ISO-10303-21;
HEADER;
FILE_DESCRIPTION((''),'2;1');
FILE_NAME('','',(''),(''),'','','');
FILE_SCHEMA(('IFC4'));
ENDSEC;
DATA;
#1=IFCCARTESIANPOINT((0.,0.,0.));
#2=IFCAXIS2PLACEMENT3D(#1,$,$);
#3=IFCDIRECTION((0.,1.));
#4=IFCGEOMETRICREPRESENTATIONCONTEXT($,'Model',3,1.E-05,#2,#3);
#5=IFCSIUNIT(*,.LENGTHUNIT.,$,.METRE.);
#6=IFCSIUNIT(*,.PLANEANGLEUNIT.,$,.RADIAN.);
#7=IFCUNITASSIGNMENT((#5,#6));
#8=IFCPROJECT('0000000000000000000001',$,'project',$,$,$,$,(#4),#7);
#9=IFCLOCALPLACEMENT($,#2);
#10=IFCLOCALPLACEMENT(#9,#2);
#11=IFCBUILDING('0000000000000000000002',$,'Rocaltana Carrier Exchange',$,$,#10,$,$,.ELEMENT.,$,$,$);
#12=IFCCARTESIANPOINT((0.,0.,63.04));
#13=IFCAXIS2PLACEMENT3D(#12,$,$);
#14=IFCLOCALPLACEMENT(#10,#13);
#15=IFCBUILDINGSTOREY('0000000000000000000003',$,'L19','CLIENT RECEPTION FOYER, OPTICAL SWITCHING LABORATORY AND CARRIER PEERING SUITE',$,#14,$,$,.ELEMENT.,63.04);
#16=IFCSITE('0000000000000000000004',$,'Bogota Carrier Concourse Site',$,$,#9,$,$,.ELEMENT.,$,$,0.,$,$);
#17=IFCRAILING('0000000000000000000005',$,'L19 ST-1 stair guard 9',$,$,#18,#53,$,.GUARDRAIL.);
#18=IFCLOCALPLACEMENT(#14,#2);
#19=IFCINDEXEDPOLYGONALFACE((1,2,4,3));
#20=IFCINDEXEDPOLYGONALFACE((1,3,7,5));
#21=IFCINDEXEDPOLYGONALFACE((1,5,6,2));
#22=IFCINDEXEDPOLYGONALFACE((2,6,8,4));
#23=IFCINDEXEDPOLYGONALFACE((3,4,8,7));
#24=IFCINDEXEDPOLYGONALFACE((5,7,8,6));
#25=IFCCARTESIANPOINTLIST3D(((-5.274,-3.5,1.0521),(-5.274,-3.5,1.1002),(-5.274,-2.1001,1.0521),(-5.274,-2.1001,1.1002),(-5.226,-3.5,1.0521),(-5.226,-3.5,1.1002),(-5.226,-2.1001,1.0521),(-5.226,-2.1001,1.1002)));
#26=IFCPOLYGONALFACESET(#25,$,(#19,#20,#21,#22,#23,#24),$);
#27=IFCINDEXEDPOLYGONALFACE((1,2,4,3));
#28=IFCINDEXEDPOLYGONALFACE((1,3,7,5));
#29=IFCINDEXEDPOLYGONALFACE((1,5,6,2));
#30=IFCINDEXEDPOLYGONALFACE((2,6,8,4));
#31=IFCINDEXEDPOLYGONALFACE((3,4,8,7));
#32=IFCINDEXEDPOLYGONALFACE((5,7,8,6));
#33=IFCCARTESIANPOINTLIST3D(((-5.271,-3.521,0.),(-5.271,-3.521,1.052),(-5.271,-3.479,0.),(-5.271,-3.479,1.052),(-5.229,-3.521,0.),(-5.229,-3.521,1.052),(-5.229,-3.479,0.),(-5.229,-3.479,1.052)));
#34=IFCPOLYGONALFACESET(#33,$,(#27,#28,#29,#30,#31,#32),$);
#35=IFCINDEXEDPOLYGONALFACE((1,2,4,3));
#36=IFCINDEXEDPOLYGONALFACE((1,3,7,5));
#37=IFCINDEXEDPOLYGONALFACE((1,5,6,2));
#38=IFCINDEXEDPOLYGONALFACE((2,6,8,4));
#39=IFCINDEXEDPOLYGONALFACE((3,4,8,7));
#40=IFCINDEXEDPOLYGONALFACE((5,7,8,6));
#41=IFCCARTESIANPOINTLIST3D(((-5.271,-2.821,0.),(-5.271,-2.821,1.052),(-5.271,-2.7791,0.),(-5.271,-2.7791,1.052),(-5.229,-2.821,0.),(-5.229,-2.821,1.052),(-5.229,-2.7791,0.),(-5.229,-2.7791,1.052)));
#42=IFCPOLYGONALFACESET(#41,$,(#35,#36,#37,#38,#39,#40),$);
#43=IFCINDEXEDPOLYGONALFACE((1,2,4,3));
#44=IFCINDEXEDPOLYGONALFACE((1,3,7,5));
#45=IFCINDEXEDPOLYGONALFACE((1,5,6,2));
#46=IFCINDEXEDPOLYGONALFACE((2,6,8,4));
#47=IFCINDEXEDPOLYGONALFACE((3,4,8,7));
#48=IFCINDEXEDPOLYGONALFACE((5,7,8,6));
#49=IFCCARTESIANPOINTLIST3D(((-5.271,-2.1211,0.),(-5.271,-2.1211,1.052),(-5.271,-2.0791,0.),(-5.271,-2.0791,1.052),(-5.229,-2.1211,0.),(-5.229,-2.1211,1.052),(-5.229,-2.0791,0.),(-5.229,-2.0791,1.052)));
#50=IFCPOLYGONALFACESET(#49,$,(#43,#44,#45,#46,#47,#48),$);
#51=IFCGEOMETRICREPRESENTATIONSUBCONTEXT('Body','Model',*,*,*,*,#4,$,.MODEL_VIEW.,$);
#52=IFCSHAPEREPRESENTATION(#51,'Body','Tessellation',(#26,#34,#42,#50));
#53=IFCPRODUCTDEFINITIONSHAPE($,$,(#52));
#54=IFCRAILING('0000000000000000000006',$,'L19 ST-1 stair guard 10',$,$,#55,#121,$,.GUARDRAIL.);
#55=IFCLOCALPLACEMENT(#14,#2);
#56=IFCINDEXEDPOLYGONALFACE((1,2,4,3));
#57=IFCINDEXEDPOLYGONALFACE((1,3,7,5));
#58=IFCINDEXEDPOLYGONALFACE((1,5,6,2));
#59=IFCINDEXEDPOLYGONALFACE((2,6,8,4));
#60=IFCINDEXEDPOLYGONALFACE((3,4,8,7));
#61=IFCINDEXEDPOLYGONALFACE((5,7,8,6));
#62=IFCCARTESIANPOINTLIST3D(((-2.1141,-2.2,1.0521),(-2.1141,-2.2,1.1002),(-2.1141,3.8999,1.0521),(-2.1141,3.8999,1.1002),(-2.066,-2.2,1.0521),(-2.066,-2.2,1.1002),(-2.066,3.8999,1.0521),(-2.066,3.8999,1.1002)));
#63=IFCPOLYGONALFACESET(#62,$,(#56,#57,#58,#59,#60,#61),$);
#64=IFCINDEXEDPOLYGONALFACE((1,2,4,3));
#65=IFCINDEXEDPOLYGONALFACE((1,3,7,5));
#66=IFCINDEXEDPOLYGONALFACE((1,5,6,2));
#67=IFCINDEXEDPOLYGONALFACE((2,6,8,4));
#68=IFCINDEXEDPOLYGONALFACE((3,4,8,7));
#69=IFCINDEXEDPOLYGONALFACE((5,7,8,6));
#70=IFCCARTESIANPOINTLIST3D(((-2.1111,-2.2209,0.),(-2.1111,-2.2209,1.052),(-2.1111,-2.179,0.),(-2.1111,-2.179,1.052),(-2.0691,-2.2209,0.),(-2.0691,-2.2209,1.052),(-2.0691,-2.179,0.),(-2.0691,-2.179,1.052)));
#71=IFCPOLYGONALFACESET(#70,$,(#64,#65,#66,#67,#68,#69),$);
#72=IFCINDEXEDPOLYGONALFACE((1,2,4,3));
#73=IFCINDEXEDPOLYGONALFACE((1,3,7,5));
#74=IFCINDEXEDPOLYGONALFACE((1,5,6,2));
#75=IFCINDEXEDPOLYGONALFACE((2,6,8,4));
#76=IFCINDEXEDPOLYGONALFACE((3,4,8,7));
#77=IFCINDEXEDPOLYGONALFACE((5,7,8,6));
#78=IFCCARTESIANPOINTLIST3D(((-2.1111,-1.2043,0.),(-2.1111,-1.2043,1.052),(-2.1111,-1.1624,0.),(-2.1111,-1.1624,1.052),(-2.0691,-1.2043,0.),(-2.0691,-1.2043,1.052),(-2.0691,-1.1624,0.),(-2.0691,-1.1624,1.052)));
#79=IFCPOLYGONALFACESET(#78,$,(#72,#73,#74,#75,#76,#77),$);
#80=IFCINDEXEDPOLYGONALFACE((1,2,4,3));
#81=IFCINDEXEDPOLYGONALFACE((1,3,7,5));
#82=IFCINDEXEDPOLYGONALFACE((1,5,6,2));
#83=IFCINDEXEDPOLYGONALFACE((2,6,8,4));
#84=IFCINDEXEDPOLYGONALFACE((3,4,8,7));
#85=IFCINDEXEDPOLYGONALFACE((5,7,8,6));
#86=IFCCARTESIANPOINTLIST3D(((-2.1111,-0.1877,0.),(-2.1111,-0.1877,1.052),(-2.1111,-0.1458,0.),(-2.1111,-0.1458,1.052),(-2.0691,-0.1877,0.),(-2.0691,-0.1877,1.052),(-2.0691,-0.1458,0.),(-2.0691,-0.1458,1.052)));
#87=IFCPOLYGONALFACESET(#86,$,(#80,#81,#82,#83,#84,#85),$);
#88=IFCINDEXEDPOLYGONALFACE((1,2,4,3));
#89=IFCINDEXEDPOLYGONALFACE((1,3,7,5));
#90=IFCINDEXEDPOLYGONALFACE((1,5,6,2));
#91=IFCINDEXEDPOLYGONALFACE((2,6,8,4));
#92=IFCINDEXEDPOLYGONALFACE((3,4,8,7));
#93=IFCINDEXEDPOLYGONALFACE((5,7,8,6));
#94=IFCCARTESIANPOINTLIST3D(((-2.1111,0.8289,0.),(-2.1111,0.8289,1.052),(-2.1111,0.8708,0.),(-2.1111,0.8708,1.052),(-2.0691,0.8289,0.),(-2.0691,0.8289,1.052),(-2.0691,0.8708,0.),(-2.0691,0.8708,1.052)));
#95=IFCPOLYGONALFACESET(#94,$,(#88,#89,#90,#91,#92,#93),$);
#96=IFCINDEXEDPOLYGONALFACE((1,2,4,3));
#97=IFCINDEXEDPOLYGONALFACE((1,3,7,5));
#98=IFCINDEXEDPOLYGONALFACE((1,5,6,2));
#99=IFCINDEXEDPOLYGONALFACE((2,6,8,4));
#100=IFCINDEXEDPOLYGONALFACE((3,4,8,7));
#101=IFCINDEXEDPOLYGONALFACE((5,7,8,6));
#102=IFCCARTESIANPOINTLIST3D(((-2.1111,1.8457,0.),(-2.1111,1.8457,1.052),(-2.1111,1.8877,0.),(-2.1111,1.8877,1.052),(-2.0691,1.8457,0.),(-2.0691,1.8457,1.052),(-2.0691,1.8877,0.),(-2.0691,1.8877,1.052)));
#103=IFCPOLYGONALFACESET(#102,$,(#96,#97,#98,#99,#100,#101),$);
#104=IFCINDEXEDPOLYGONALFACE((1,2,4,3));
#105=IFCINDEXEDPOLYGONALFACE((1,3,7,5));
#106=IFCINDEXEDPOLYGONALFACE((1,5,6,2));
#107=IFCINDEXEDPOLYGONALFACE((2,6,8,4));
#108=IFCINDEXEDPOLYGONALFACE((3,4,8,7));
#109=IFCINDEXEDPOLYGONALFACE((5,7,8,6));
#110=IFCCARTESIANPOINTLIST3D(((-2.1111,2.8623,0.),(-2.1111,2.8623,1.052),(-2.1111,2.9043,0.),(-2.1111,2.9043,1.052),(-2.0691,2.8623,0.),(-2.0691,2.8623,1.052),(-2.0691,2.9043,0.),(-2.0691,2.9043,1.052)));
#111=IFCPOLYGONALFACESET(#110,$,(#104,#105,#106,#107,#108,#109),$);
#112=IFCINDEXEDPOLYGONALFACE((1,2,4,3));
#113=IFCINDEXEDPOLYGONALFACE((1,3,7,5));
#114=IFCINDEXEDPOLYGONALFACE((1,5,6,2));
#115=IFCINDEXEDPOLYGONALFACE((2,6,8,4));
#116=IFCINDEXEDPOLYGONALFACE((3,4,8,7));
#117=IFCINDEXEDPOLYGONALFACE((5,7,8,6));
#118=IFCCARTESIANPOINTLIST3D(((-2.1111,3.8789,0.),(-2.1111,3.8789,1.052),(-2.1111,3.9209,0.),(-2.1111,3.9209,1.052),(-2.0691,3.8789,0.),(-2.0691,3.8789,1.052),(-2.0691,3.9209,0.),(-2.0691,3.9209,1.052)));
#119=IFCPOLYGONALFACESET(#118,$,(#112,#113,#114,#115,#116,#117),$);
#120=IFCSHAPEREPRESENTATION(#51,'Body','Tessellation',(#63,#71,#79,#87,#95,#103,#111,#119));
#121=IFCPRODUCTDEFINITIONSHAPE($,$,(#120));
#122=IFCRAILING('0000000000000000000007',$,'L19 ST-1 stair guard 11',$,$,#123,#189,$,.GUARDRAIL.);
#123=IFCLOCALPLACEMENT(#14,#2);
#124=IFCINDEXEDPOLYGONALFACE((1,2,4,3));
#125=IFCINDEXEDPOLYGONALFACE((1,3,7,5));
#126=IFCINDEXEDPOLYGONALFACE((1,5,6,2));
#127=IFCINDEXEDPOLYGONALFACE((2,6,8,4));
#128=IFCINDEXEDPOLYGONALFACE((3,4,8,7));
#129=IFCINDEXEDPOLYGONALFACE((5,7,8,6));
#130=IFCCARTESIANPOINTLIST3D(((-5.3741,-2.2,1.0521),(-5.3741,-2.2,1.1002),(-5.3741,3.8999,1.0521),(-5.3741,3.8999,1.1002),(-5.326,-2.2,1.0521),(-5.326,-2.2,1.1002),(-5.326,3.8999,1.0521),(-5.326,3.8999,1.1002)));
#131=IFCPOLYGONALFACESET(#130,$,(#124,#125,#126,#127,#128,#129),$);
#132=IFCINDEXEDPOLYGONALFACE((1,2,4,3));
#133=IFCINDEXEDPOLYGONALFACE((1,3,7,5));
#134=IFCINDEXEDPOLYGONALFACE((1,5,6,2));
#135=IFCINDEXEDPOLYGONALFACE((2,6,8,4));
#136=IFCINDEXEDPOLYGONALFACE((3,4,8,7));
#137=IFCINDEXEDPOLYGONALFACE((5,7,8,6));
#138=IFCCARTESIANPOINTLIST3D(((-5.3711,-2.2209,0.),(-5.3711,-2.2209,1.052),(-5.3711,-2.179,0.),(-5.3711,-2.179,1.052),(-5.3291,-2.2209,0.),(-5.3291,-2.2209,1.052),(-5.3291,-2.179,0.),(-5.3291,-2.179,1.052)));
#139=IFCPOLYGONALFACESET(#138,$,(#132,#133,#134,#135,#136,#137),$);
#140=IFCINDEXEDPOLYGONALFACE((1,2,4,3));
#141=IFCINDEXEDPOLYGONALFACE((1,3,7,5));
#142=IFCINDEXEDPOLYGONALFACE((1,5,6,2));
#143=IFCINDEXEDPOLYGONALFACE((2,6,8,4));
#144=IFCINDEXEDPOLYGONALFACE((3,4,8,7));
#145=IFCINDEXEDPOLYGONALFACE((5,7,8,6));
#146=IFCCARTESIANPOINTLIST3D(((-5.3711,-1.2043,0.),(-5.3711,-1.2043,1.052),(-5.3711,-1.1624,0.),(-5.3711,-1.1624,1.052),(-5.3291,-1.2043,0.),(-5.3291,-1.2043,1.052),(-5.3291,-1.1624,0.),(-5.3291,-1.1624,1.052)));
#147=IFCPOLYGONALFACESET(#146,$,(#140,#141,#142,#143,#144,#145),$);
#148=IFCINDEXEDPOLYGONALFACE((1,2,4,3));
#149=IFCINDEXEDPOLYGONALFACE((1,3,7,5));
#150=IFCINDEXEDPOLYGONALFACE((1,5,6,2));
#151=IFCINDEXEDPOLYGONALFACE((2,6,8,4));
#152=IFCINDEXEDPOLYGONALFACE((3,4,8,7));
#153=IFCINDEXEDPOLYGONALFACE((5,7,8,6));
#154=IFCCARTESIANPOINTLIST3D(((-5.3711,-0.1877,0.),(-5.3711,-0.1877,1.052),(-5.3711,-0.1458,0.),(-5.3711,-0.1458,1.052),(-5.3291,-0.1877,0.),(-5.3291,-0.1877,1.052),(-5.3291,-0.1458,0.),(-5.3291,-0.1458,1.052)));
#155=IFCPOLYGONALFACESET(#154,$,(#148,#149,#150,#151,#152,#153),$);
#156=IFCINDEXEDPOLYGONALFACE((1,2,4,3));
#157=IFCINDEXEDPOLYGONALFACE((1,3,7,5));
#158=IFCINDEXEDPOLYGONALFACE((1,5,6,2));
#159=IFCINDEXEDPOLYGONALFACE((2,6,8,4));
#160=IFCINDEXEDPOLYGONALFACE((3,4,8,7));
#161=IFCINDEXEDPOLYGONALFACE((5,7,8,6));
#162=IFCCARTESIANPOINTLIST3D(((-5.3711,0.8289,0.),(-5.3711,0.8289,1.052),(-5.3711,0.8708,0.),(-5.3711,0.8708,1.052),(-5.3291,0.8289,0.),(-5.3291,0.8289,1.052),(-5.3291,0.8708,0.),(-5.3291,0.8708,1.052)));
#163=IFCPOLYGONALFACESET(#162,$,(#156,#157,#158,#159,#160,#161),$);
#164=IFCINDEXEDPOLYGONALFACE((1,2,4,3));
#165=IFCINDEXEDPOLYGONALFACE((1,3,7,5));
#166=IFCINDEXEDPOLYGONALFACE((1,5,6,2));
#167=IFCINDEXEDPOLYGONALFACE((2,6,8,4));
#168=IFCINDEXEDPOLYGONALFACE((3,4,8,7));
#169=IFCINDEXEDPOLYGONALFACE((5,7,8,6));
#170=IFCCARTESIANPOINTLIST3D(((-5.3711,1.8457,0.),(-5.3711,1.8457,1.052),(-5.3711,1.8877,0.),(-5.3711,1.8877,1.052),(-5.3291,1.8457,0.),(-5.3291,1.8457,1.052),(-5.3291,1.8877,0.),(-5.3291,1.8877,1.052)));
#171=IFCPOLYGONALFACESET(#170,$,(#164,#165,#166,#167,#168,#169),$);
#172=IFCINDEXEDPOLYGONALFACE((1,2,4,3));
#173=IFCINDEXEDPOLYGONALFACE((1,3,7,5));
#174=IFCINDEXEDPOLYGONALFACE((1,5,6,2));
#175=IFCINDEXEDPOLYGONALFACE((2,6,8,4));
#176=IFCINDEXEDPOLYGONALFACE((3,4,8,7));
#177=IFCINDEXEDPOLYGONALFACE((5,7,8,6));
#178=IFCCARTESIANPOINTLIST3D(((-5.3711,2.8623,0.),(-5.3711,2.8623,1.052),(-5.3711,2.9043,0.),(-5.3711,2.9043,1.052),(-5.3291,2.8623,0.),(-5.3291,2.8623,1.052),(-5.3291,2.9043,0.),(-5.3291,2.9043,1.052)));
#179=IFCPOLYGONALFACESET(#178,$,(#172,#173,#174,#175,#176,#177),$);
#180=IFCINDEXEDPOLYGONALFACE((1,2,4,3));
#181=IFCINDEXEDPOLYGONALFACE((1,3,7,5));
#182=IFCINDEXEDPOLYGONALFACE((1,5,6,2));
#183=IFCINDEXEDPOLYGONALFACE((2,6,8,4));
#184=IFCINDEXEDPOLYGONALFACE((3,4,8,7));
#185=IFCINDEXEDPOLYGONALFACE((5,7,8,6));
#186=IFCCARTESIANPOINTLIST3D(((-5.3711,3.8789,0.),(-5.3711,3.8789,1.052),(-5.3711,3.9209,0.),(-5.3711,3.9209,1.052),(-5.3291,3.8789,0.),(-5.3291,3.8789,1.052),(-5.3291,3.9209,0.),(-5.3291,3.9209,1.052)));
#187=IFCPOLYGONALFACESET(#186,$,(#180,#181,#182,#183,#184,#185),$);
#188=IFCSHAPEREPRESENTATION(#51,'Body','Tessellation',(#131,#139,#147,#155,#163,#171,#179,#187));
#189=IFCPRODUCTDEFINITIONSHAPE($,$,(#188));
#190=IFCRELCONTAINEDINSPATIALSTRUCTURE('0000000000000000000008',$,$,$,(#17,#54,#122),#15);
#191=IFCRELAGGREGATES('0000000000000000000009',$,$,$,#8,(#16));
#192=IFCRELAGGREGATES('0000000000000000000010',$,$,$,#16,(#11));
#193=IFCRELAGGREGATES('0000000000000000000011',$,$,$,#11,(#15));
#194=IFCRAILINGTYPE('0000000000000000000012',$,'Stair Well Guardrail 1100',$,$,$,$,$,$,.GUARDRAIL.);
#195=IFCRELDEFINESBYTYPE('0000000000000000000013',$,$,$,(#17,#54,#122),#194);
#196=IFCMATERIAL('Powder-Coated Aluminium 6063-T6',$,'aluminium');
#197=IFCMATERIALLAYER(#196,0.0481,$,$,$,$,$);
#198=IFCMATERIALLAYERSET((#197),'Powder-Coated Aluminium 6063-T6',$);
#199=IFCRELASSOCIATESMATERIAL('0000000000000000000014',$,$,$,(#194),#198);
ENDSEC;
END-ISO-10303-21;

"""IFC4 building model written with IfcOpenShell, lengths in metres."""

from ifc_helpers import new_model, si_unit, direction, frame, origin, origin_2d, place, context, subcontext, project, spatial, rectangle, extrude, material, layer, layer_set, type_object, element, save


model = new_model("IFC4")

# Units and contexts
model_context = context("Model", 3, precision=1e-05, world=origin(), true_north=direction((0.0, 1.0)))
body_context = subcontext(model_context, "Body", "Model", "MODEL_VIEW")
ifc_project = project(units=[si_unit("LENGTHUNIT", "METRE"), si_unit("PLANEANGLEUNIT", "RADIAN")], contexts=[model_context])

# Site, building, storey
site_placement = place(None, origin())
site = spatial("IfcSite", under=ifc_project, at=site_placement, Name="Bogota Carrier Concourse Site", CompositionType="ELEMENT", RefElevation=0.0)
building_placement = place(site_placement, origin())
building = spatial("IfcBuilding", under=site, at=building_placement, Name="Rocaltana Carrier Exchange", CompositionType="ELEMENT")
storey_placement = place(building_placement, frame((0.0, 0.0, 63.04)))
storey = spatial("IfcBuildingStorey", under=building, at=storey_placement, Name="L19", Description="CLIENT RECEPTION FOYER, OPTICAL SWITCHING LABORATORY AND CARRIER PEERING SUITE", CompositionType="ELEMENT", Elevation=63.04)

# Railings
ifc_material_1 = material(Name="Powder-Coated Aluminium 6063-T6", Category="aluminium")
ifc_layer_1 = layer(ifc_material_1, 0.0481)
ifc_layer_set_1 = layer_set([ifc_layer_1], Name="Powder-Coated Aluminium 6063-T6")
railing_type_1 = type_object("IfcRailingType", Name="Stair Well Guardrail 1100", PredefinedType="GUARDRAIL", material=ifc_layer_set_1)
for number, where, name in (
    (1, (-5.25, -3.5, 0.0), "L19 ST-1 stair guard 9"),
):
    element("IfcRailing", number, at=place(storey_placement, frame(where)), inside=storey, type_object=railing_type_1, Name=name, PredefinedType="GUARDRAIL", context=body_context, shape_type="SweptSolid", body=[
        extrude(rectangle(XDim=0.0481, YDim=0.0481, at=origin_2d()), frame((0.0, 0.0, 1.0762), z_axis=(0.0, 1.0, 0.0), x_axis=(-1.0, 0.0, 0.0)), (0.0, 0.0, 1.0), 1.3999),
        extrude(rectangle(XDim=0.042, YDim=0.042, at=origin_2d()), origin(), (0.0, 0.0, 1.0), 1.052),
        extrude(rectangle(XDim=0.042, YDim=0.042, at=origin_2d()), frame((0.0, 0.7, 0.0)), (0.0, 0.0, 1.0), 1.052),
        extrude(rectangle(XDim=0.042, YDim=0.042, at=origin_2d()), frame((0.0, 1.3999, 0.0)), (0.0, 0.0, 1.0), 1.052),
    ])
for number, where, name in (
    (2, (-2.0901, -2.2, 0.0), "L19 ST-1 stair guard 10"),
    (3, (-5.3501, -2.2, 0.0), "L19 ST-1 stair guard 11"),
):
    element("IfcRailing", number, at=place(storey_placement, frame(where)), inside=storey, type_object=railing_type_1, Name=name, PredefinedType="GUARDRAIL", context=body_context, shape_type="SweptSolid", body=[
        extrude(rectangle(XDim=0.0481, YDim=0.0481, at=origin_2d()), frame((0.0, 0.0, 1.0762), z_axis=(0.0, 1.0, 0.0), x_axis=(-1.0, 0.0, 0.0)), (0.0, 0.0, 1.0), 6.0999),
        extrude(rectangle(XDim=0.042, YDim=0.042, at=origin_2d()), origin(), (0.0, 0.0, 1.0), 1.052),
        extrude(rectangle(XDim=0.042, YDim=0.042, at=origin_2d()), frame((0.0, 1.0166, 0.0)), (0.0, 0.0, 1.0), 1.052),
        extrude(rectangle(XDim=0.042, YDim=0.042, at=origin_2d()), frame((0.0, 2.0332, 0.0)), (0.0, 0.0, 1.0), 1.052),
        extrude(rectangle(XDim=0.042, YDim=0.042, at=origin_2d()), frame((0.0, 3.0498, 0.0)), (0.0, 0.0, 1.0), 1.052),
        extrude(rectangle(XDim=0.042, YDim=0.042, at=origin_2d()), frame((0.0, 4.0667, 0.0)), (0.0, 0.0, 1.0), 1.052),
        extrude(rectangle(XDim=0.042, YDim=0.042, at=origin_2d()), frame((0.0, 5.0833, 0.0)), (0.0, 0.0, 1.0), 1.052),
        extrude(rectangle(XDim=0.042, YDim=0.042, at=origin_2d()), frame((0.0, 6.0999, 0.0)), (0.0, 0.0, 1.0), 1.052),
    ])

save(model, "model.ifc")
